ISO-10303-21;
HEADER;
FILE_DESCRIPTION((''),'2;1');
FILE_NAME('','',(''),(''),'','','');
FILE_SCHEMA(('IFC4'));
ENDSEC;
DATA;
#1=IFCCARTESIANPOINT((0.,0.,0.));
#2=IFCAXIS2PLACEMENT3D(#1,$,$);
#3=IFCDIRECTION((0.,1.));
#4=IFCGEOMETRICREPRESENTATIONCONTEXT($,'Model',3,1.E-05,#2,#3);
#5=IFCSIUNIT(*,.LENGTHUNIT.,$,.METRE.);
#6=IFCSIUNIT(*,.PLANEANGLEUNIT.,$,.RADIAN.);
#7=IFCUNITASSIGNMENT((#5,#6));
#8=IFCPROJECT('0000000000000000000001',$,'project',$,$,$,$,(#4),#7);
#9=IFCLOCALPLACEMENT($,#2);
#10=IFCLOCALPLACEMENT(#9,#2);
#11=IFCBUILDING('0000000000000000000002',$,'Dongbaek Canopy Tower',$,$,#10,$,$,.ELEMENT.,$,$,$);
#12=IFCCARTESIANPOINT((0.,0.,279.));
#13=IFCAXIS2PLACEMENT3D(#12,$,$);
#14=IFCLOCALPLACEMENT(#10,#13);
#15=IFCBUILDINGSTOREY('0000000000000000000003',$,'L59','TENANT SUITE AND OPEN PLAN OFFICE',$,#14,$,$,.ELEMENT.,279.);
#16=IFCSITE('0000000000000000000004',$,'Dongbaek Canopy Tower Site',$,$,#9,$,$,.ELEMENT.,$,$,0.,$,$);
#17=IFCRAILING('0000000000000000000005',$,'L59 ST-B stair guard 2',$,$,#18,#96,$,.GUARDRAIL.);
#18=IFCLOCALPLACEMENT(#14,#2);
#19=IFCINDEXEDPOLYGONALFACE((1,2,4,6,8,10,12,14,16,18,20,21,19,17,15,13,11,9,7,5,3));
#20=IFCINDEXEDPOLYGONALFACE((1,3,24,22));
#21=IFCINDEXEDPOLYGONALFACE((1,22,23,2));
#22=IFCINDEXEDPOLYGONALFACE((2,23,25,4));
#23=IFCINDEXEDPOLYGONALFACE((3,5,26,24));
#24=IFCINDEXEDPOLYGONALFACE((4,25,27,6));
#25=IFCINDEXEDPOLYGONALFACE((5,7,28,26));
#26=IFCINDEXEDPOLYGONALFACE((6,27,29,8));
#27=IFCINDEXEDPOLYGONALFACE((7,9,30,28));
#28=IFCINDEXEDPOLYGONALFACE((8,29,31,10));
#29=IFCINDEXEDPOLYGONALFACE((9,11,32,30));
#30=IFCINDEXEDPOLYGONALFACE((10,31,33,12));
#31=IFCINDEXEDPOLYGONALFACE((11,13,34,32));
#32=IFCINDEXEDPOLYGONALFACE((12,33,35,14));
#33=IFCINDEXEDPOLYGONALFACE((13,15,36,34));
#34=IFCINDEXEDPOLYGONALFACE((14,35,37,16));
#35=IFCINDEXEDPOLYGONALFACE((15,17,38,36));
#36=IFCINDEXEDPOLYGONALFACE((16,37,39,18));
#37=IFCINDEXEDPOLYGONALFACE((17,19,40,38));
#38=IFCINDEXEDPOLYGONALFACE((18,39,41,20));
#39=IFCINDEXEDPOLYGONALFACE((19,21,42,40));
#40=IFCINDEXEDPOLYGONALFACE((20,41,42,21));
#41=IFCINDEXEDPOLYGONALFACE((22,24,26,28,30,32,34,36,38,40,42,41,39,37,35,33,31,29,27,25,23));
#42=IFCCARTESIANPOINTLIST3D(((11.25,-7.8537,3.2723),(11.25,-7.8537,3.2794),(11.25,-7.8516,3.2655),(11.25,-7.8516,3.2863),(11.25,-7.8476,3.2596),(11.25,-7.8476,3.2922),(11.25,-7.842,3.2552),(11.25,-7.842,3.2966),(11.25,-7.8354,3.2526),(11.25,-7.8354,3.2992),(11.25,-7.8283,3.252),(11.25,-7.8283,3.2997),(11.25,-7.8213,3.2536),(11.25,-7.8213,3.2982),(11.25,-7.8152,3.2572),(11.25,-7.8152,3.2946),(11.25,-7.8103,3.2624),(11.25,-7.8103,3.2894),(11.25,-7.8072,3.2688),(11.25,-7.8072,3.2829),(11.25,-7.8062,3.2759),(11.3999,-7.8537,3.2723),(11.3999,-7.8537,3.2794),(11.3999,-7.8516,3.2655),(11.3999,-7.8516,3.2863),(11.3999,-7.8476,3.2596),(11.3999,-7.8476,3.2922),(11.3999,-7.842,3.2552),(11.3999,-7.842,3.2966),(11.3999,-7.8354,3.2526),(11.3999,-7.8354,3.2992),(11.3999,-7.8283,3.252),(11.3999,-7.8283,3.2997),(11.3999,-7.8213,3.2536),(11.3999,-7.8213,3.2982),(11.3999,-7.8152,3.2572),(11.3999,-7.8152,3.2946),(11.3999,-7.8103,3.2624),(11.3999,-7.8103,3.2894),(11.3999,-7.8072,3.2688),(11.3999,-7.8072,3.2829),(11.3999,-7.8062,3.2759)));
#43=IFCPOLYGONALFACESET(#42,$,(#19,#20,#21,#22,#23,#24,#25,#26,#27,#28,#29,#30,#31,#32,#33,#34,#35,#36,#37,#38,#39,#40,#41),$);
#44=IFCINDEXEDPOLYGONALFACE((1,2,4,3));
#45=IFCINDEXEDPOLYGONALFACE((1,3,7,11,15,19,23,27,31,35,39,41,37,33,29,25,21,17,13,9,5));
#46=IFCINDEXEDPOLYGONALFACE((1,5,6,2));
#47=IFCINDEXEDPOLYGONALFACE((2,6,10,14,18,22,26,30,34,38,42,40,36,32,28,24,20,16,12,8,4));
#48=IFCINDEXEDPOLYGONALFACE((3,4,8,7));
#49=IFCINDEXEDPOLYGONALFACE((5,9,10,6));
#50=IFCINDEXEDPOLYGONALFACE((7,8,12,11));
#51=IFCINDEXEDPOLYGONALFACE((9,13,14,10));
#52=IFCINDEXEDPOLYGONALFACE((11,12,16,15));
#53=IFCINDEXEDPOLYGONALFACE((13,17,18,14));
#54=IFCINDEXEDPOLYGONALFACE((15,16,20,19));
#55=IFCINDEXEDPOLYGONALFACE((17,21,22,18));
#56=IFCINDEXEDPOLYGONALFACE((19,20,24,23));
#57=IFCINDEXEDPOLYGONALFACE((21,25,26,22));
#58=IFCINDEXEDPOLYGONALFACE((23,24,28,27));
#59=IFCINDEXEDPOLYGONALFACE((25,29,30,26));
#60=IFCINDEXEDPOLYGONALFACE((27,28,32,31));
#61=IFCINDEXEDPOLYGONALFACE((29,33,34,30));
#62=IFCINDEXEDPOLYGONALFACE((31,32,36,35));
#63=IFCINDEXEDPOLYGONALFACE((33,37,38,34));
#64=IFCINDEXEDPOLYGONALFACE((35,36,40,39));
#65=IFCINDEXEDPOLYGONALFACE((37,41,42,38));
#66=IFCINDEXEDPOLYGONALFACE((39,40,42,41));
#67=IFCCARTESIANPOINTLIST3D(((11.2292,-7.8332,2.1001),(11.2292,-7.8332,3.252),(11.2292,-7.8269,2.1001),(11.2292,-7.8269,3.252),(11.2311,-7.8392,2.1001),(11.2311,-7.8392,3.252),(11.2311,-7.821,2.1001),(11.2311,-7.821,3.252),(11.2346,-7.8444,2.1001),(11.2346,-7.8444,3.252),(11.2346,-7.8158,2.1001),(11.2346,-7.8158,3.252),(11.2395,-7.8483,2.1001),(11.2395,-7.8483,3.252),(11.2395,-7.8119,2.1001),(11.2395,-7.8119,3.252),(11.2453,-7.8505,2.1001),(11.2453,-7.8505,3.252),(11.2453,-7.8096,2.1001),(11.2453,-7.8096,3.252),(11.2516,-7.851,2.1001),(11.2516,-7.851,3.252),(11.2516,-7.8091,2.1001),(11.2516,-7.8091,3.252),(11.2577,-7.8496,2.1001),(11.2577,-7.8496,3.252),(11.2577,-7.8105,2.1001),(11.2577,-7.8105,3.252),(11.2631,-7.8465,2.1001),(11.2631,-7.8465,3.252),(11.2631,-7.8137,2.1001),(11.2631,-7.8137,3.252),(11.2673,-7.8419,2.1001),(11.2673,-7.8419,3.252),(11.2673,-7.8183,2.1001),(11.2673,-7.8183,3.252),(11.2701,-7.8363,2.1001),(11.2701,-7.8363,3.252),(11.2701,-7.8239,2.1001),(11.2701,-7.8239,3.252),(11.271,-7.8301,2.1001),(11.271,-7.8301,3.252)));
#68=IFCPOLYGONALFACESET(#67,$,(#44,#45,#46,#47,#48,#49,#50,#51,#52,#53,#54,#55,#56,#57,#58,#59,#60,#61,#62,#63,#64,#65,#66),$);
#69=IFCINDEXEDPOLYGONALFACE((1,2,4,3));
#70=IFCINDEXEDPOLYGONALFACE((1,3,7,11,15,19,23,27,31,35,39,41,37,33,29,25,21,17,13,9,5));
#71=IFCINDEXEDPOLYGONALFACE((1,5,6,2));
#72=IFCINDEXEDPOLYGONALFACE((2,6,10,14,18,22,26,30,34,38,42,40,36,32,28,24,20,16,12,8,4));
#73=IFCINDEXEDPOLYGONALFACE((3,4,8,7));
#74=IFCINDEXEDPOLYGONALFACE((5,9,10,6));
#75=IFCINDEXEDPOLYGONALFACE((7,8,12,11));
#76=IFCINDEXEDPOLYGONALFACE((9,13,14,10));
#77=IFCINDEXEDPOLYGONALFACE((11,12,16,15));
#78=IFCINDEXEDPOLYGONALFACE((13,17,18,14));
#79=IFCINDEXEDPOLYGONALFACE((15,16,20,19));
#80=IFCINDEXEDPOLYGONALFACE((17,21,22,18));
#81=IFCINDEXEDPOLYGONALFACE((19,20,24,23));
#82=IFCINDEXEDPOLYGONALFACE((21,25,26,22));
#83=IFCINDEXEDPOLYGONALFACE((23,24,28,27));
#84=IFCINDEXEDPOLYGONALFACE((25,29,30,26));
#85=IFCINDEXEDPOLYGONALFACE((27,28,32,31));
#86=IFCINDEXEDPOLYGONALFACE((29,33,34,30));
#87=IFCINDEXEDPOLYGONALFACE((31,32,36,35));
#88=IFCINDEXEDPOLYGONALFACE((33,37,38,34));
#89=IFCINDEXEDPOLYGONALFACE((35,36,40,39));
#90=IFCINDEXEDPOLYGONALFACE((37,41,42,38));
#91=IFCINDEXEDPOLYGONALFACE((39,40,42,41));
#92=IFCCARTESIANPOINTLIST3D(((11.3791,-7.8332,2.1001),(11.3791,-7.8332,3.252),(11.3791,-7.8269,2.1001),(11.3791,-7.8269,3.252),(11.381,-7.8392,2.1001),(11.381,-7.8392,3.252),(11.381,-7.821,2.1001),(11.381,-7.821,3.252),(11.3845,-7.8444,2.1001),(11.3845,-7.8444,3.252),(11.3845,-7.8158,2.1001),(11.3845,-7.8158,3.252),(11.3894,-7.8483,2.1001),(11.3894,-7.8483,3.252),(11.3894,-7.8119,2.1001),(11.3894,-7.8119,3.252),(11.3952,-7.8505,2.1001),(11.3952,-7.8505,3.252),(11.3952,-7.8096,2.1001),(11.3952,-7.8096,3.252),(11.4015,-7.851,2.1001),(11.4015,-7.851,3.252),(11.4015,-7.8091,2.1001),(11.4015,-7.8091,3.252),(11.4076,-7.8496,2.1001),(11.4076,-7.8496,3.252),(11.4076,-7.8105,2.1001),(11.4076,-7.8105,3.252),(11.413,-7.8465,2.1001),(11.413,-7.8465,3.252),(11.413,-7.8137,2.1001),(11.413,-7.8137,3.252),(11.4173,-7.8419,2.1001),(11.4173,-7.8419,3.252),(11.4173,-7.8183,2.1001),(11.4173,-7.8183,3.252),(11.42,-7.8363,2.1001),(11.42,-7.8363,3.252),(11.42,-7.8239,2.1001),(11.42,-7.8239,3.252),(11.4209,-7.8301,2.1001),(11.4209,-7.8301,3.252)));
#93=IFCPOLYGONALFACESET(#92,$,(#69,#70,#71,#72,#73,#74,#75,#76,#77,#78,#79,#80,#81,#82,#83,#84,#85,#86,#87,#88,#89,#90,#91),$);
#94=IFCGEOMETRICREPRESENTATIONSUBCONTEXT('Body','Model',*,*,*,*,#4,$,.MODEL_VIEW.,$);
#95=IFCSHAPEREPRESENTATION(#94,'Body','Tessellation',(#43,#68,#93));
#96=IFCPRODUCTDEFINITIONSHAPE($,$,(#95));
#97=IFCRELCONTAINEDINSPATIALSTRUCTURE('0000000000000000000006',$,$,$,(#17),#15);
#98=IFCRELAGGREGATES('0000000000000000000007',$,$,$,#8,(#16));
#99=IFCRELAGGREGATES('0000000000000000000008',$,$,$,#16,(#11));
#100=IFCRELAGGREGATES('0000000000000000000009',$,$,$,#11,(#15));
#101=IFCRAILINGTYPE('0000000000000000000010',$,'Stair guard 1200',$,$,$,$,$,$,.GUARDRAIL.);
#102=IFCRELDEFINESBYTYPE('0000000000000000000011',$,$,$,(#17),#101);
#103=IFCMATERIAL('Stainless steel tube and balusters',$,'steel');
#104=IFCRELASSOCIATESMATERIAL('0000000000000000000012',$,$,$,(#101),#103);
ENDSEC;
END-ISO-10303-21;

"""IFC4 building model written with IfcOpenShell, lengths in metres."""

from ifc_helpers import new_model, si_unit, direction, frame, origin, origin_2d, place, context, subcontext, project, spatial, circle, extrude, material, type_object, element, save


model = new_model("IFC4")

# Units and contexts
model_context = context("Model", 3, precision=1e-05, world=origin(), true_north=direction((0.0, 1.0)))
body_context = subcontext(model_context, "Body", "Model", "MODEL_VIEW")
ifc_project = project(units=[si_unit("LENGTHUNIT", "METRE"), si_unit("PLANEANGLEUNIT", "RADIAN")], contexts=[model_context])

# Site, building, storey
site_placement = place(None, origin())
site = spatial("IfcSite", under=ifc_project, at=site_placement, Name="Dongbaek Canopy Tower Site", CompositionType="ELEMENT", RefElevation=0.0)
building_placement = place(site_placement, origin())
building = spatial("IfcBuilding", under=site, at=building_placement, Name="Dongbaek Canopy Tower", CompositionType="ELEMENT")
storey_placement = place(building_placement, frame((0.0, 0.0, 279.0)))
storey = spatial("IfcBuildingStorey", under=building, at=storey_placement, Name="L59", Description="TENANT SUITE AND OPEN PLAN OFFICE", CompositionType="ELEMENT", Elevation=279.0)

# Railing
ifc_material_1 = material(Name="Stainless steel tube and balusters", Category="steel")
railing_type_1 = type_object("IfcRailingType", Name="Stair guard 1200", PredefinedType="GUARDRAIL", material=ifc_material_1)
railing_1_placement = place(storey_placement, frame((11.25, -7.8301, 2.1001)))
element("IfcRailing", 1, at=railing_1_placement, inside=storey, type_object=railing_type_1, Name="L59 ST-B stair guard 2", PredefinedType="GUARDRAIL", context=body_context, shape_type="SweptSolid", body=[
    extrude(circle(Radius=0.0239, at=origin_2d()), frame((0.0, 0.0, 1.1758), z_axis=(1.0, 0.0, 0.0), x_axis=(0.0, 1.0, 0.0)), (0.0, 0.0, 1.0), 0.1499),
    extrude(circle(Radius=0.021, at=origin_2d()), origin(), (0.0, 0.0, 1.0), 1.1519),
    extrude(circle(Radius=0.021, at=origin_2d()), frame((0.1499, 0.0, 0.0)), (0.0, 0.0, 1.0), 1.1519),
])

save(model, "model.ifc")
